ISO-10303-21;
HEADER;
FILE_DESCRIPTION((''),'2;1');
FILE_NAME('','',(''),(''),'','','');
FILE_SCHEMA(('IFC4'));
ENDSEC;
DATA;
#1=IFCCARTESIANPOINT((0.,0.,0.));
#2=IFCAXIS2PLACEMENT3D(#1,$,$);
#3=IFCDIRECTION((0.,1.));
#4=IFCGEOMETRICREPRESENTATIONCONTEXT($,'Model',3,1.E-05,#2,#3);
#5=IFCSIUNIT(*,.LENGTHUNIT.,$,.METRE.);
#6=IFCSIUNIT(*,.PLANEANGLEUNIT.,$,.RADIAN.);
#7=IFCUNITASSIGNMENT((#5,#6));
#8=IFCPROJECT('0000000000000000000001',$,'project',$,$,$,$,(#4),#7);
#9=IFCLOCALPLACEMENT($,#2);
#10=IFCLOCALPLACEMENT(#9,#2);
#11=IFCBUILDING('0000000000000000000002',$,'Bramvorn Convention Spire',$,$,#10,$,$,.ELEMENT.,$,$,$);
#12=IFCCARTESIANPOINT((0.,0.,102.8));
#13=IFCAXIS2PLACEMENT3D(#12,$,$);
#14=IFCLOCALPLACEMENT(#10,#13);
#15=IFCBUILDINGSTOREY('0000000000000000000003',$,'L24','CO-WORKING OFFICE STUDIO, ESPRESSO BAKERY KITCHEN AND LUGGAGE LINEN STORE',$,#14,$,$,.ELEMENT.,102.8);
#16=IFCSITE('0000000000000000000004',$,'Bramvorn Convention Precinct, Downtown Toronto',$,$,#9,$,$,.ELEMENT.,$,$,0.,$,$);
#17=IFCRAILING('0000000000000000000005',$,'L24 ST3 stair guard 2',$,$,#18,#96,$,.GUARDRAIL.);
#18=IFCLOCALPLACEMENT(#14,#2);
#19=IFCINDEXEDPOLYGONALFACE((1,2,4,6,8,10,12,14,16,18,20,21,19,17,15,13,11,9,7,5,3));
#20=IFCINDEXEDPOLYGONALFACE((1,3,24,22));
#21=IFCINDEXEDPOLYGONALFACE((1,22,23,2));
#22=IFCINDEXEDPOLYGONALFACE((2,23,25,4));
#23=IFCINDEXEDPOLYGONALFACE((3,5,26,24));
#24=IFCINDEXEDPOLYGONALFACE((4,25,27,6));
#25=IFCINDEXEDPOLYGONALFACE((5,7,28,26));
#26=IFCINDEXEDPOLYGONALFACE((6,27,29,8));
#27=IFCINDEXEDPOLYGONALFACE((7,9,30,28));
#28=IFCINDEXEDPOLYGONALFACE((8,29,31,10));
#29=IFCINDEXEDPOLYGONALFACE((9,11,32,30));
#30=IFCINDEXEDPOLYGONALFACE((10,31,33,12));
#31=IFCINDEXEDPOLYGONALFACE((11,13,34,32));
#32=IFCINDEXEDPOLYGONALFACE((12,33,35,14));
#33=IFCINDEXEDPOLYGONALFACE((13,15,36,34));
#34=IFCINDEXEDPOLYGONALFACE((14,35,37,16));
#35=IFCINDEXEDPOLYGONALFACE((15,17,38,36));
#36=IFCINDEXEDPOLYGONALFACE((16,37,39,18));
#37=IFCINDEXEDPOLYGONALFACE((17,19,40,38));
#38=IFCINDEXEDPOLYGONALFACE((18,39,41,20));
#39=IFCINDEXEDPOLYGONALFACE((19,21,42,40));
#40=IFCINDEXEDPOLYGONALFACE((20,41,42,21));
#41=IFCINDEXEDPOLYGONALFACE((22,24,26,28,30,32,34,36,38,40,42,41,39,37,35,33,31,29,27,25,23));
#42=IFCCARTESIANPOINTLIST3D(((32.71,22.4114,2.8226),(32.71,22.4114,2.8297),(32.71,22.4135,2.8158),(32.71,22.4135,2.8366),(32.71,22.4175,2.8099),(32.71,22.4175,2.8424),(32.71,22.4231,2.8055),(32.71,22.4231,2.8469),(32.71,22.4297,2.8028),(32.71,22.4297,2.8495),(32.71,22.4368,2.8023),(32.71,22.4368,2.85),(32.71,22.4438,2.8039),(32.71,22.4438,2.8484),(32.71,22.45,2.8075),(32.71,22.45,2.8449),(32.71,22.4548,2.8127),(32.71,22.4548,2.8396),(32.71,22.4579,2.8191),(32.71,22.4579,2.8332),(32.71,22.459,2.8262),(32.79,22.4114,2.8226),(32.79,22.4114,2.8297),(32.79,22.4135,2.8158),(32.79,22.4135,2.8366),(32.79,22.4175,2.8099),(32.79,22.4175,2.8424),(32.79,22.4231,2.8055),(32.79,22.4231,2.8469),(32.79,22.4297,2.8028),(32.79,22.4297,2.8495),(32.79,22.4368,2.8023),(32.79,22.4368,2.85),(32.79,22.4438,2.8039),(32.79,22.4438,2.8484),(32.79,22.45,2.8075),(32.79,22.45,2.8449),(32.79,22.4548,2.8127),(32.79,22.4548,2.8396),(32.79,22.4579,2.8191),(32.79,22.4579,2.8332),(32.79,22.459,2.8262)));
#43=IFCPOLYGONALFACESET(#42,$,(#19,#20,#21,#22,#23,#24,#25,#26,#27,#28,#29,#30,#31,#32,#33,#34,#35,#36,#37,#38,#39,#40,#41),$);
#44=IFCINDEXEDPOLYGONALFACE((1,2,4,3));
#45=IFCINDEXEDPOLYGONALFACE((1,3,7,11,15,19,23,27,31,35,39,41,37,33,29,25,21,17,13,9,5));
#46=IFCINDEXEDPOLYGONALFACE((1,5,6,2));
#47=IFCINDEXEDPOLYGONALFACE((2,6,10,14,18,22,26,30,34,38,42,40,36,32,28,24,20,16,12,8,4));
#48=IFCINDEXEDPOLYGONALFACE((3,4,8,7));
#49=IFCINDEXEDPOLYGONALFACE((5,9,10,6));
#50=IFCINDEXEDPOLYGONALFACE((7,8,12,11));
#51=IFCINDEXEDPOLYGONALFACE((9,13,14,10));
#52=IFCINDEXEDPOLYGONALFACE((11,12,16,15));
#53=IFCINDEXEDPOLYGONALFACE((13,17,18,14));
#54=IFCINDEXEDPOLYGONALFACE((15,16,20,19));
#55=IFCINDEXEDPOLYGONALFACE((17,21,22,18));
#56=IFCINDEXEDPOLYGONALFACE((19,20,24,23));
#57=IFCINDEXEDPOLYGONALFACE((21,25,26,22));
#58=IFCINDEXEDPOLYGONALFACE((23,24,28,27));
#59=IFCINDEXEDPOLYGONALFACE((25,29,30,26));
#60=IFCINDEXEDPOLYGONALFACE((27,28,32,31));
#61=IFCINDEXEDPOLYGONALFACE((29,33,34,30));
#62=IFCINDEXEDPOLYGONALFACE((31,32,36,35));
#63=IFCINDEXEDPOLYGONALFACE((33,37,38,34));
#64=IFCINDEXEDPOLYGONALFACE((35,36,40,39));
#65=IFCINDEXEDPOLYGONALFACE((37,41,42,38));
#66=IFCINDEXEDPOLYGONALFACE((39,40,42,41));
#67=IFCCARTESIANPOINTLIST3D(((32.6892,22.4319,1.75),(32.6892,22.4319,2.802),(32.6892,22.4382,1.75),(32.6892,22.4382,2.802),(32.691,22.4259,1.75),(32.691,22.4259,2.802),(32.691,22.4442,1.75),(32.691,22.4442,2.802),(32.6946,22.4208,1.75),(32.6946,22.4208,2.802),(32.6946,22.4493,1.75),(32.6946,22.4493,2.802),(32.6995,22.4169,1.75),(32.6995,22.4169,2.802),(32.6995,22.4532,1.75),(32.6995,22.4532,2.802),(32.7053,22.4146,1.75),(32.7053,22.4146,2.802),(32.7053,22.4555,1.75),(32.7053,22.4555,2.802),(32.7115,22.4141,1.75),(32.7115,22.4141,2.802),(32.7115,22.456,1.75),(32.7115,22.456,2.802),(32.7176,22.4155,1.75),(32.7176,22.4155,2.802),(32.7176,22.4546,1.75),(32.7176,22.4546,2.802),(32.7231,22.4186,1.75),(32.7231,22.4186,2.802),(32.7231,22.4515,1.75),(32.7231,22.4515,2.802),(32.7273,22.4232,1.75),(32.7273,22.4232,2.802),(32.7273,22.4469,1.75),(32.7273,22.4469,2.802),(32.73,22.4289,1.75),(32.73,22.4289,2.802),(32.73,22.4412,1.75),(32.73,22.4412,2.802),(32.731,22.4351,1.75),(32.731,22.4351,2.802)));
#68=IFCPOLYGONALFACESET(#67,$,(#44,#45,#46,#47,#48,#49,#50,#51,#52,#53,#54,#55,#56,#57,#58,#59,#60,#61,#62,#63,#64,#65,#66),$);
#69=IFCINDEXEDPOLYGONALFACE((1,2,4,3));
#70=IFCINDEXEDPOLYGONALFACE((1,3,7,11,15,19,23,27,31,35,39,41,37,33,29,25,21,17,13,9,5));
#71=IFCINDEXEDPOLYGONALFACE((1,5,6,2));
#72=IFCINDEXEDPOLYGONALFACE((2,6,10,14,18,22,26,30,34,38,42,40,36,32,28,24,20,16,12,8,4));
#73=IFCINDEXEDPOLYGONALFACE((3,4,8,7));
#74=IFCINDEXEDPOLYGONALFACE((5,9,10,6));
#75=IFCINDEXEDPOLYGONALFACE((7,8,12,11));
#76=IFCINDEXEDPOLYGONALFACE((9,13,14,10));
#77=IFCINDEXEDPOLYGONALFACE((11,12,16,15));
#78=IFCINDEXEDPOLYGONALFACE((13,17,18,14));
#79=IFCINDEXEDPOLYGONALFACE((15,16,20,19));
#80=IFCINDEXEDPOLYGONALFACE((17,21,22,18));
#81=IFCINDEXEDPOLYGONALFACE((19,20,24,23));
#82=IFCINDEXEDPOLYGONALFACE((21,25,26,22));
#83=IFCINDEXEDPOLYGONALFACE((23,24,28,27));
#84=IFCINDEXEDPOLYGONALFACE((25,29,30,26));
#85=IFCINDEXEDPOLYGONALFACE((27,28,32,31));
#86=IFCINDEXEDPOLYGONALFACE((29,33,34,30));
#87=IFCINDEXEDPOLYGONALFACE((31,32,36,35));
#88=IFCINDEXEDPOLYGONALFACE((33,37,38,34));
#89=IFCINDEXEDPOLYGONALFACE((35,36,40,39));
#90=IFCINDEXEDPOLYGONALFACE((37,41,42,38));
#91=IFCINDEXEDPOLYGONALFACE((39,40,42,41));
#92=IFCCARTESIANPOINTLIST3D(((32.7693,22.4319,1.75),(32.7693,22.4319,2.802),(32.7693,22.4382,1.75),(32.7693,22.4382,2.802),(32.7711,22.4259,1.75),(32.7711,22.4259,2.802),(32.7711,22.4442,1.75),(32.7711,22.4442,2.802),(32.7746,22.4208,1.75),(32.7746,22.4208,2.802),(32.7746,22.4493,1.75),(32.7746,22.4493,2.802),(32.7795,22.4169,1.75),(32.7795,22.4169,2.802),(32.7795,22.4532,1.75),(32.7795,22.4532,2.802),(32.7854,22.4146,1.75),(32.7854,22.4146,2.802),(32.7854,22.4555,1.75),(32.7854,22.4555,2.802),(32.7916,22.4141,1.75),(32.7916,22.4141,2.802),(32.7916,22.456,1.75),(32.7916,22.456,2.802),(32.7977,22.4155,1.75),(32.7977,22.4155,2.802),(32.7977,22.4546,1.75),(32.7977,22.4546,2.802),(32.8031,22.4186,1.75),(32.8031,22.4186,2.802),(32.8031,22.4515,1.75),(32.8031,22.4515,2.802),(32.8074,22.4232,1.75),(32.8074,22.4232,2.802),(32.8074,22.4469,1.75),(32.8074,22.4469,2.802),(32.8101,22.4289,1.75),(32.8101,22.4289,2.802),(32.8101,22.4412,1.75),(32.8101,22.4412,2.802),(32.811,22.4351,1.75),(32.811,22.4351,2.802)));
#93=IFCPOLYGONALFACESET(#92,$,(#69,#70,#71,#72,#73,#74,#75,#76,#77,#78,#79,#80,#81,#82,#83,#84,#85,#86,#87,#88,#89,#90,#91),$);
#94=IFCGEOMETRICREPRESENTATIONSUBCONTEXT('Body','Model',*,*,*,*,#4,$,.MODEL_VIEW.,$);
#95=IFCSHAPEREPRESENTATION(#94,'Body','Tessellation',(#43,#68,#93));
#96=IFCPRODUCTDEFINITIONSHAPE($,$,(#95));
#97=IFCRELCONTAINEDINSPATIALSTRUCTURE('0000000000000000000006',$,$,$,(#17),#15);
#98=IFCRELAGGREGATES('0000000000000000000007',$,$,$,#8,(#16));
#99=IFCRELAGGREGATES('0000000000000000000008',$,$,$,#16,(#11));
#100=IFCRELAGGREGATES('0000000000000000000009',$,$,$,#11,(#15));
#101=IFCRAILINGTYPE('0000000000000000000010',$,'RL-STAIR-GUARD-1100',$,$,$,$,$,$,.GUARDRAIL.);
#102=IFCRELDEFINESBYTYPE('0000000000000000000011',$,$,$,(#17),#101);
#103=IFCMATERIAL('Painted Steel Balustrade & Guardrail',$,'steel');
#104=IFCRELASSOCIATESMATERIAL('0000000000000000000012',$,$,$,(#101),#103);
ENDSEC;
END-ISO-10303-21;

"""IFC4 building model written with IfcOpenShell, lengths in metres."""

from ifc_helpers import new_model, si_unit, direction, frame, origin, origin_2d, place, context, subcontext, project, spatial, circle, extrude, material, type_object, element, save


model = new_model("IFC4")

# Units and contexts
model_context = context("Model", 3, precision=1e-05, world=origin(), true_north=direction((0.0, 1.0)))
body_context = subcontext(model_context, "Body", "Model", "MODEL_VIEW")
ifc_project = project(units=[si_unit("LENGTHUNIT", "METRE"), si_unit("PLANEANGLEUNIT", "RADIAN")], contexts=[model_context])

# Site, building, storey
site_placement = place(None, origin())
site = spatial("IfcSite", under=ifc_project, at=site_placement, Name="Bramvorn Convention Precinct, Downtown Toronto", CompositionType="ELEMENT", RefElevation=0.0)
building_placement = place(site_placement, origin())
building = spatial("IfcBuilding", under=site, at=building_placement, Name="Bramvorn Convention Spire", CompositionType="ELEMENT")
storey_placement = place(building_placement, frame((0.0, 0.0, 102.8)))
storey = spatial("IfcBuildingStorey", under=building, at=storey_placement, Name="L24", Description="CO-WORKING OFFICE STUDIO, ESPRESSO BAKERY KITCHEN AND LUGGAGE LINEN STORE", CompositionType="ELEMENT", Elevation=102.8)

# Railing
ifc_material_1 = material(Name="Painted Steel Balustrade & Guardrail", Category="steel")
railing_type_1 = type_object("IfcRailingType", Name="RL-STAIR-GUARD-1100", PredefinedType="GUARDRAIL", material=ifc_material_1)
railing_1_placement = place(storey_placement, frame((32.71, 22.4351, 1.75)))
element("IfcRailing", 1, at=railing_1_placement, inside=storey, type_object=railing_type_1, Name="L24 ST3 stair guard 2", PredefinedType="GUARDRAIL", context=body_context, shape_type="SweptSolid", body=[
    extrude(circle(Radius=0.0239, at=origin_2d()), frame((0.0, 0.0, 1.0762), z_axis=(1.0, 0.0, 0.0), x_axis=(0.0, 1.0, 0.0)), (0.0, 0.0, 1.0), 0.0801),
    extrude(circle(Radius=0.021, at=origin_2d()), origin(), (0.0, 0.0, 1.0), 1.052),
    extrude(circle(Radius=0.021, at=origin_2d()), frame((0.0801, 0.0, 0.0)), (0.0, 0.0, 1.0), 1.052),
])

save(model, "model.ifc")
